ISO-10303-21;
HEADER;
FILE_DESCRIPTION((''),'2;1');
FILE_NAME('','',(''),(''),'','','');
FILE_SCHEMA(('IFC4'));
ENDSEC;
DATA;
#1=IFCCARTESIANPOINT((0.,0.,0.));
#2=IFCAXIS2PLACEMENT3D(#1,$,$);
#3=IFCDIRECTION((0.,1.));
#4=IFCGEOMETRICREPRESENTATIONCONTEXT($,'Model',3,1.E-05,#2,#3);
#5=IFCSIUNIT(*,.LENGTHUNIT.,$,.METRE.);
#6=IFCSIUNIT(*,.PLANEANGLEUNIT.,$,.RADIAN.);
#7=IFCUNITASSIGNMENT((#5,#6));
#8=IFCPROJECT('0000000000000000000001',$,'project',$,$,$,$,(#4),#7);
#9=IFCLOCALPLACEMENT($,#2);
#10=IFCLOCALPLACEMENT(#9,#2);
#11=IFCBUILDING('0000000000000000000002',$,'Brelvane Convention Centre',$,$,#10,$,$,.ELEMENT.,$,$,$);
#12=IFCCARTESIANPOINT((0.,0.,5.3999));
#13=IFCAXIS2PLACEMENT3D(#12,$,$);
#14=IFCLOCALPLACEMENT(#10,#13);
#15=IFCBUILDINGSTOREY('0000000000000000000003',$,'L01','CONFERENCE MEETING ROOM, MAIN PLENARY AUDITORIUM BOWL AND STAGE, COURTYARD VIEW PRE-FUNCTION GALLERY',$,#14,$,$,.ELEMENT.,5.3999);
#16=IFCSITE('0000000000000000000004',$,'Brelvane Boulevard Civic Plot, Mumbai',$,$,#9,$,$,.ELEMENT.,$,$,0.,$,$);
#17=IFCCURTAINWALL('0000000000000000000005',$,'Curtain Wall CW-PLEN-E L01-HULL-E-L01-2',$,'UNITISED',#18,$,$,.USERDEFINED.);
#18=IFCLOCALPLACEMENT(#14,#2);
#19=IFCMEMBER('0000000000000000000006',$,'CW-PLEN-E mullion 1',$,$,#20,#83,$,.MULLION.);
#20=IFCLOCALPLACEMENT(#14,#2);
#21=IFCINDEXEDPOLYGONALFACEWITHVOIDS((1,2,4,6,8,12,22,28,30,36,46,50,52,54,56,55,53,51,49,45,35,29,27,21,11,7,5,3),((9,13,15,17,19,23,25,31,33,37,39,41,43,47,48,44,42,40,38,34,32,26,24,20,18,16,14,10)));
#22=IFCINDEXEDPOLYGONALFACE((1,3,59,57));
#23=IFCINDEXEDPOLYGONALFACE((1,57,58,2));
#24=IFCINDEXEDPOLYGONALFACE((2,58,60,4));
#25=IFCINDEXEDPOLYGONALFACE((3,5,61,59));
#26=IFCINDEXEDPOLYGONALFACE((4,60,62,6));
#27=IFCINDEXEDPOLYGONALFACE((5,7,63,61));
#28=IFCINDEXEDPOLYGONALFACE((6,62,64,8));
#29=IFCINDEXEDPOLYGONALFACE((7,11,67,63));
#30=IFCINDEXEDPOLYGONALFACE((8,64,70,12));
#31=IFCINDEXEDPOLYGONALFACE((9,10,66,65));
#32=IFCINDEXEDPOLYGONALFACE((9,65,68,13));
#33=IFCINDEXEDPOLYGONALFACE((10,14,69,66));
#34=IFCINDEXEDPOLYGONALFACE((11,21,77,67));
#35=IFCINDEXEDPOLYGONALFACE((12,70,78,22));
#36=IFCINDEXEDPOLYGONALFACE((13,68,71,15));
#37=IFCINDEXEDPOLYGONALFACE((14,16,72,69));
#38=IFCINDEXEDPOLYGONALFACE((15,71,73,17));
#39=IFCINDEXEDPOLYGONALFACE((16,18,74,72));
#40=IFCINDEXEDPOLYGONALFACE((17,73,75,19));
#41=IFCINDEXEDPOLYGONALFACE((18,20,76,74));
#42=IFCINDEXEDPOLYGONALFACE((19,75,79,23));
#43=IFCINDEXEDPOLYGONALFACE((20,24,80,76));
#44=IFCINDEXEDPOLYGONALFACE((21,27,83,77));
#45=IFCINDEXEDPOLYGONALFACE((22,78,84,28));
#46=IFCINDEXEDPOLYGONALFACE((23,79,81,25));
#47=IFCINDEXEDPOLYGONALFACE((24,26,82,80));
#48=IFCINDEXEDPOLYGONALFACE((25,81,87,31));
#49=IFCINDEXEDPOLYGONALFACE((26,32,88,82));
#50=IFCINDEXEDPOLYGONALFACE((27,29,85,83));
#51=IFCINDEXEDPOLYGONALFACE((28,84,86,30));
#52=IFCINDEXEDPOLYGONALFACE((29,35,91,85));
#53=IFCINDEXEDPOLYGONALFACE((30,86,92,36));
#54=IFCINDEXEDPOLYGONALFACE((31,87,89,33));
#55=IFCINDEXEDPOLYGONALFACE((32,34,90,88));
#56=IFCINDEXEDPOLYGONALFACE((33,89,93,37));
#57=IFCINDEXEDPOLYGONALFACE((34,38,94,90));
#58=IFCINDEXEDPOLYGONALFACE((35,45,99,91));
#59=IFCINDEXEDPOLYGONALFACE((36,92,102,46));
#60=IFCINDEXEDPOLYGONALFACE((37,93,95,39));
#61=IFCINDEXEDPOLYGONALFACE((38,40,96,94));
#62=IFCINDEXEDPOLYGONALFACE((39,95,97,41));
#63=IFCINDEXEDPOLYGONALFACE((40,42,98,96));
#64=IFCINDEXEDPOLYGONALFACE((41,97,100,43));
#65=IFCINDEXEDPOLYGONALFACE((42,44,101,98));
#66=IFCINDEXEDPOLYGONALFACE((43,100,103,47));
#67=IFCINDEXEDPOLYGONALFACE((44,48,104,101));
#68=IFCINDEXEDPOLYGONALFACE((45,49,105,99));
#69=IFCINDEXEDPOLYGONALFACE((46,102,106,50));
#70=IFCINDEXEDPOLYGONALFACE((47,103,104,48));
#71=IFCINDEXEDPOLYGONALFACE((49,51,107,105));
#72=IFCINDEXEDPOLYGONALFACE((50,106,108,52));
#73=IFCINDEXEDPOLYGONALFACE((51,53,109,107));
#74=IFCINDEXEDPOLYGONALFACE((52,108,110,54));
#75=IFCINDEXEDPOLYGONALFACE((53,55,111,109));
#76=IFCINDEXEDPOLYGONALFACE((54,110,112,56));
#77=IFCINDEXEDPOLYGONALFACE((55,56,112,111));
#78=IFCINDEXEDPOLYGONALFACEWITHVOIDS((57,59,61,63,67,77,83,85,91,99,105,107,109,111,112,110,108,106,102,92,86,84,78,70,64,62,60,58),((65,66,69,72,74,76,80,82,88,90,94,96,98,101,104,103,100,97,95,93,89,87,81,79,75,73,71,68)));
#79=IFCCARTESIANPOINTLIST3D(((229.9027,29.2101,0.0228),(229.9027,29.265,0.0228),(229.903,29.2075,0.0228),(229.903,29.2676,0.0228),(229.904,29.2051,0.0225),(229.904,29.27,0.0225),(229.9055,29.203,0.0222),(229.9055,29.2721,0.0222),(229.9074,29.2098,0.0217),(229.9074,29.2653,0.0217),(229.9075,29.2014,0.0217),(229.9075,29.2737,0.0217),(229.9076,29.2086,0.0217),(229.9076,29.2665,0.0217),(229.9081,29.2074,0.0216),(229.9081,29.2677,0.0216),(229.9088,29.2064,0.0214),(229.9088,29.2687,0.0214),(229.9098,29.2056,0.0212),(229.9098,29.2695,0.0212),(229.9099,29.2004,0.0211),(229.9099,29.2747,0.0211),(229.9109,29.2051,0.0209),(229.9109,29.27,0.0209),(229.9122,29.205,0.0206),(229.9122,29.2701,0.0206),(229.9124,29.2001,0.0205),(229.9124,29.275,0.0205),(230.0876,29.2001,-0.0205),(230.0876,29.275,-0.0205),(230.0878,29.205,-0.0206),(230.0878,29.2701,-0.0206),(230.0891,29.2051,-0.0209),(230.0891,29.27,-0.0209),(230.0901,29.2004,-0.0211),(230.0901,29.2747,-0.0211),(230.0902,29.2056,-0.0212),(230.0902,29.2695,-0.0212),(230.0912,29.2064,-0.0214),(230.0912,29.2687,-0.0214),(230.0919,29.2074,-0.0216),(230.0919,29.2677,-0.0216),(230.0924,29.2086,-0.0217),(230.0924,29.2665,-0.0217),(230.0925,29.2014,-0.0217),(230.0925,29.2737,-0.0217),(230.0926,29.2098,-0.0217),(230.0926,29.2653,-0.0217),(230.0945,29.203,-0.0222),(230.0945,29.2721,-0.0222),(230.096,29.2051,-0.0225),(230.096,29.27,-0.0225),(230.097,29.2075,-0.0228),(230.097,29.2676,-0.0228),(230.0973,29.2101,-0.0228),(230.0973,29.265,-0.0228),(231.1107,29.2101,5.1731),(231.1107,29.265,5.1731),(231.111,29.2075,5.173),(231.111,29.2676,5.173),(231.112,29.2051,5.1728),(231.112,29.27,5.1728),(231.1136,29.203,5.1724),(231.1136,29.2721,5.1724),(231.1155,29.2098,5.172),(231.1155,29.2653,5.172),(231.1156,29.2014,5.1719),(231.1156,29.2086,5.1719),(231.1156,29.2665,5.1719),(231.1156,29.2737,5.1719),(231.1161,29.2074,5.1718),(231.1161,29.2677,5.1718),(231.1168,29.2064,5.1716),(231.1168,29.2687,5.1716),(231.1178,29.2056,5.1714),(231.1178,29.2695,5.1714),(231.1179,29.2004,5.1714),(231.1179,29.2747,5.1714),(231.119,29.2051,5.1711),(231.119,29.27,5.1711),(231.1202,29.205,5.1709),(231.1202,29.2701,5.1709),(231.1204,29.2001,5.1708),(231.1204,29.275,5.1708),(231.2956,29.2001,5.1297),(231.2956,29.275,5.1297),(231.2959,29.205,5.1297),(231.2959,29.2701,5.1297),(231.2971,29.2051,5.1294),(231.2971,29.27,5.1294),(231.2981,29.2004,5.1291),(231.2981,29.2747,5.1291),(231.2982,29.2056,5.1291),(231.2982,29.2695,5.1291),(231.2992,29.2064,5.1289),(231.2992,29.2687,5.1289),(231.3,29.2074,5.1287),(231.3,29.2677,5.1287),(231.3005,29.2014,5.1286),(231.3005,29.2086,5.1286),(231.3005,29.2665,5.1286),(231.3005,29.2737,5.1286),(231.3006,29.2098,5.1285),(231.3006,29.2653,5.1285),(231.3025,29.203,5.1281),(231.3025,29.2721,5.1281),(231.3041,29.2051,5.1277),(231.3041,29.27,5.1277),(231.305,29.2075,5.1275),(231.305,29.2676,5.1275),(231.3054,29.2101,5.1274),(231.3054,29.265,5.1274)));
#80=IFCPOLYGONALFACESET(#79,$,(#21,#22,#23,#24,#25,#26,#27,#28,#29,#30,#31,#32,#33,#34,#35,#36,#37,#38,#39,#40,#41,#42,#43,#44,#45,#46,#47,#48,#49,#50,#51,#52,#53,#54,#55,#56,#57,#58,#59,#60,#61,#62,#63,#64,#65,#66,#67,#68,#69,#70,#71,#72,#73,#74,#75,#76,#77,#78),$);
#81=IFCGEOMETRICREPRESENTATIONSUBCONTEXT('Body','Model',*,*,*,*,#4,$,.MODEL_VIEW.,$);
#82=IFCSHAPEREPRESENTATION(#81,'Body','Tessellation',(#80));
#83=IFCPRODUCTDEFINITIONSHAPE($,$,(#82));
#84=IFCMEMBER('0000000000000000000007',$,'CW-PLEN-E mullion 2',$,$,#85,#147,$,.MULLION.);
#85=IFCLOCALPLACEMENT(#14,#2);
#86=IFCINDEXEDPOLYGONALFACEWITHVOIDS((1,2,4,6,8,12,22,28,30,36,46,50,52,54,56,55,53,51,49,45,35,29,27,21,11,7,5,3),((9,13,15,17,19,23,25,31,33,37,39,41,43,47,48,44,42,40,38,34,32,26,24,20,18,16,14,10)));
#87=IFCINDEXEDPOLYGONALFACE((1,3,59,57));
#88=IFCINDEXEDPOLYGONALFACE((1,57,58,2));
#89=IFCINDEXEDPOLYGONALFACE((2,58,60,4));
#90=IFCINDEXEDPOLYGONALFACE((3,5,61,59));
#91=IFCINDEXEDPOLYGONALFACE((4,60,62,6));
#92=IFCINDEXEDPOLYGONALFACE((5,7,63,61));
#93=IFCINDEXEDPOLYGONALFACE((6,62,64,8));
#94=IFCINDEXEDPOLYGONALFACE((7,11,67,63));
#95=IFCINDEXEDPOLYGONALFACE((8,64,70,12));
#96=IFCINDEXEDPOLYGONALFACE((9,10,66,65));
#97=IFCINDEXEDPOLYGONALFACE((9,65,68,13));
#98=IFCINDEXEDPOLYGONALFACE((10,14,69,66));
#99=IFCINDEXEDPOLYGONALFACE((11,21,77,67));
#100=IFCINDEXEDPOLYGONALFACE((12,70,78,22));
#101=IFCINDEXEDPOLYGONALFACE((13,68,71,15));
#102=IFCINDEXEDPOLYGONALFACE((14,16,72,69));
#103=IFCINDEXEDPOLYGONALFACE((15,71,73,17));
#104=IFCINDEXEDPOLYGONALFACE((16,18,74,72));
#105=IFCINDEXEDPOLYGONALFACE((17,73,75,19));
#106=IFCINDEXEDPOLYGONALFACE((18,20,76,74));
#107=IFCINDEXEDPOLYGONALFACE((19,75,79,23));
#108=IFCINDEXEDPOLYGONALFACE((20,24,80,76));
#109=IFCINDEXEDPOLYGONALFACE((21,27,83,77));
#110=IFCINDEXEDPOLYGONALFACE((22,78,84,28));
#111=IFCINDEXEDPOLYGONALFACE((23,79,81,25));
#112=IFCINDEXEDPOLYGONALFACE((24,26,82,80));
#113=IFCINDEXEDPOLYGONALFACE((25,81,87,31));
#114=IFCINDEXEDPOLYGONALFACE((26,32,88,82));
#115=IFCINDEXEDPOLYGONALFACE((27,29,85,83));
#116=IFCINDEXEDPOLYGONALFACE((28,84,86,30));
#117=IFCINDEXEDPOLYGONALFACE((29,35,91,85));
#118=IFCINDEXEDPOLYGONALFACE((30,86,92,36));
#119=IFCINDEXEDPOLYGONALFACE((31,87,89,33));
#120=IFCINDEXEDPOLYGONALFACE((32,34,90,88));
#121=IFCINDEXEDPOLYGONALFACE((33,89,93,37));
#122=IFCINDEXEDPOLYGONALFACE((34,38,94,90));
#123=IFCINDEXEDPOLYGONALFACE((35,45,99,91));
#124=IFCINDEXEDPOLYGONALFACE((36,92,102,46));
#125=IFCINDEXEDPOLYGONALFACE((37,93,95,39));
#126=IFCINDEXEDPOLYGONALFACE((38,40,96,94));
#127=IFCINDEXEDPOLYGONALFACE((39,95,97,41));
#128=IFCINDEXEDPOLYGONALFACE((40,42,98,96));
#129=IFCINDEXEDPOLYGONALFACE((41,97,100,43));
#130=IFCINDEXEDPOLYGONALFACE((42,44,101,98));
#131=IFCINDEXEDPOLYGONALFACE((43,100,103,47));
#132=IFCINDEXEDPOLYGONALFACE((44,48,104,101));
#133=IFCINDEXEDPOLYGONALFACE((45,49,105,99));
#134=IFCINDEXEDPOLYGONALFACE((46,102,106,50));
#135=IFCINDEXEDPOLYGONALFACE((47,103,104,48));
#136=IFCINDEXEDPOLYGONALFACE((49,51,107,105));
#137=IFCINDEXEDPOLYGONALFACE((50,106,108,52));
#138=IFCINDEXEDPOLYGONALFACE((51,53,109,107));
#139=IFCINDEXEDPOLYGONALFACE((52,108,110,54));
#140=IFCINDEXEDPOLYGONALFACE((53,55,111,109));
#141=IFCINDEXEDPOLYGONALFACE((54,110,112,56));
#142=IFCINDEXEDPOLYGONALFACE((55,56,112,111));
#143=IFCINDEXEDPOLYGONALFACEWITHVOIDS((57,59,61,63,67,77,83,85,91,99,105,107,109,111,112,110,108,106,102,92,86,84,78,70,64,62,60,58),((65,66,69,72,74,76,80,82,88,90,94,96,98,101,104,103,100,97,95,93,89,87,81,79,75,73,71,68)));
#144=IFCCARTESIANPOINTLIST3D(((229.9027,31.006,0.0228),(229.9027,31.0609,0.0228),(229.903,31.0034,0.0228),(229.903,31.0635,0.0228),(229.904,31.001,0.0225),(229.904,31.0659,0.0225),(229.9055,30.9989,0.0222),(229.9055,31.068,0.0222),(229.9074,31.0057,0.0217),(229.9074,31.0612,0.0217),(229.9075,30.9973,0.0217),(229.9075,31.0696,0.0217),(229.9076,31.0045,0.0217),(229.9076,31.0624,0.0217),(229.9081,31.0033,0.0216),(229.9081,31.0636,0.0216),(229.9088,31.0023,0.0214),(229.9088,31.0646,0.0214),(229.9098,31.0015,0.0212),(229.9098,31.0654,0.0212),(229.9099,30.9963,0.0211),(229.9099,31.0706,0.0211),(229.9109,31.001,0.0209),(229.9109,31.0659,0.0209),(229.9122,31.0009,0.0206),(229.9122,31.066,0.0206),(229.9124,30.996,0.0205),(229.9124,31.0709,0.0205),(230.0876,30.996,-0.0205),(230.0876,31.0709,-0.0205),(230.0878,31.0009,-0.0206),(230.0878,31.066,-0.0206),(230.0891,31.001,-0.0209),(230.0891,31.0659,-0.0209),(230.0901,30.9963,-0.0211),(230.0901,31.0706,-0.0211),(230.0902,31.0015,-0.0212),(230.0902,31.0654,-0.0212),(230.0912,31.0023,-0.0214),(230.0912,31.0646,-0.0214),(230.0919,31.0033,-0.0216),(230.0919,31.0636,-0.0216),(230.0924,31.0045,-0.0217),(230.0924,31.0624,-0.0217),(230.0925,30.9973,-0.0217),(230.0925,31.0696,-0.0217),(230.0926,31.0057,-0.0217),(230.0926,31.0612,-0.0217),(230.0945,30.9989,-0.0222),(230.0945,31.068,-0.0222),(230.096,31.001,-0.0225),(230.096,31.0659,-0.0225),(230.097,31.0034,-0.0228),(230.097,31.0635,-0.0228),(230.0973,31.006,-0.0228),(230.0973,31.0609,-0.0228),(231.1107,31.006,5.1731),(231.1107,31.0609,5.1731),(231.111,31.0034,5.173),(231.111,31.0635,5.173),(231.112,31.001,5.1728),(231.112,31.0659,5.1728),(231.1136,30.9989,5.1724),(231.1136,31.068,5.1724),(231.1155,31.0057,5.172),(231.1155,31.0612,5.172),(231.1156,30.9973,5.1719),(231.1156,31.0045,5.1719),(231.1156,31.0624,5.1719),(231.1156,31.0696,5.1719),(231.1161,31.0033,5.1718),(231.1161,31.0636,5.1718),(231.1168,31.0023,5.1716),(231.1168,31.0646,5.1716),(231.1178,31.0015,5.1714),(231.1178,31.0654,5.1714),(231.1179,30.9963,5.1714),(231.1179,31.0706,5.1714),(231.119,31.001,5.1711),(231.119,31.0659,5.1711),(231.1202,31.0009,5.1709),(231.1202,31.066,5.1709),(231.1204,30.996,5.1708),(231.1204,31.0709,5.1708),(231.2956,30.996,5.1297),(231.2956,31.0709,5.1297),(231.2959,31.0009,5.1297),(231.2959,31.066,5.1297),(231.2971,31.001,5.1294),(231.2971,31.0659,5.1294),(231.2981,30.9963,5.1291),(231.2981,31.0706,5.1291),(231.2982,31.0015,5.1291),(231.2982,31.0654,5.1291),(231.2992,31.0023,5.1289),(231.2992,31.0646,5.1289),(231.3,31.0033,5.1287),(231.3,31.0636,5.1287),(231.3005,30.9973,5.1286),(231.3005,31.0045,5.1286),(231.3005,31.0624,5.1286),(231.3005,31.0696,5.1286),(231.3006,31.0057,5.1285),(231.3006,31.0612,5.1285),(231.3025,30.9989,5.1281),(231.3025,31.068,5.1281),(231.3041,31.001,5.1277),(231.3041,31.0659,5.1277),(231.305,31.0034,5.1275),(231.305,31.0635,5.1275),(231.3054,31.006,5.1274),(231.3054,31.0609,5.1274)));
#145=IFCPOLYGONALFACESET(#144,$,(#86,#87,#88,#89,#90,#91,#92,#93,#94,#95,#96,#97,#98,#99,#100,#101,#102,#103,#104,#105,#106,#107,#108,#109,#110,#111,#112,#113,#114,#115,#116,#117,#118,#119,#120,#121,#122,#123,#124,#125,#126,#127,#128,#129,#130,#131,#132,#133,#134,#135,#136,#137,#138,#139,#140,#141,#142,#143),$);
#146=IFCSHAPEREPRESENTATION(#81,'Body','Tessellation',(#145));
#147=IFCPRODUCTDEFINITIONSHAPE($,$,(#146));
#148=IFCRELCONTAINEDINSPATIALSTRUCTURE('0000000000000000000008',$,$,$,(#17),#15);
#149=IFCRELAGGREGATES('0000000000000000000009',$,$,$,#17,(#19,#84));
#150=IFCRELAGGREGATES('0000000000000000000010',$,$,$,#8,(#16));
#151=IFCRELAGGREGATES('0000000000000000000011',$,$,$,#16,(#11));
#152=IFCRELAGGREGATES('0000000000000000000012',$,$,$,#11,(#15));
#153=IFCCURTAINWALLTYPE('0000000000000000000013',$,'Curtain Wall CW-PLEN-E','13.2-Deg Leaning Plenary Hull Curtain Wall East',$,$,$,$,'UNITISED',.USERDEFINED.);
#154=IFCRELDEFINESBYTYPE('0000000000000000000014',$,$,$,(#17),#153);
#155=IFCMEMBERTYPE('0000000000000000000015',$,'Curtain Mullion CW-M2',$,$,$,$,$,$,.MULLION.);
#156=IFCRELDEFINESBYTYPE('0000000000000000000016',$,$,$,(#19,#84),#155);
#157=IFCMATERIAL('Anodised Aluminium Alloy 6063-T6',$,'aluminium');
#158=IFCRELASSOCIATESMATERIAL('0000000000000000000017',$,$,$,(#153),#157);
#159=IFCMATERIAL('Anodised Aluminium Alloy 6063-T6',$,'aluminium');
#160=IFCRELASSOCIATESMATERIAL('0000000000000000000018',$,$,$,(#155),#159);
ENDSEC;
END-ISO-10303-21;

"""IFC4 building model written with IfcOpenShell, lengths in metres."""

from ifc_helpers import new_model, si_unit, direction, frame, origin, origin_2d, place, context, subcontext, project, spatial, hollow_rectangle, extrude, material, material_profile, profile_set, type_object, element, aggregate, save


model = new_model("IFC4")

# Units and contexts
model_context = context("Model", 3, precision=1e-05, world=origin(), true_north=direction((0.0, 1.0)))
body_context = subcontext(model_context, "Body", "Model", "MODEL_VIEW")
ifc_project = project(units=[si_unit("LENGTHUNIT", "METRE"), si_unit("PLANEANGLEUNIT", "RADIAN")], contexts=[model_context])

# Site, building, storey
site_placement = place(None, origin())
site = spatial("IfcSite", under=ifc_project, at=site_placement, Name="Brelvane Boulevard Civic Plot, Mumbai", CompositionType="ELEMENT", RefElevation=0.0)
building_placement = place(site_placement, origin())
building = spatial("IfcBuilding", under=site, at=building_placement, Name="Brelvane Convention Centre", CompositionType="ELEMENT")
storey_placement = place(building_placement, frame((0.0, 0.0, 5.3999)))
storey = spatial("IfcBuildingStorey", under=building, at=storey_placement, Name="L01", Description="CONFERENCE MEETING ROOM, MAIN PLENARY AUDITORIUM BOWL AND STAGE, COURTYARD VIEW PRE-FUNCTION GALLERY", CompositionType="ELEMENT", Elevation=5.3999)

# Shared definitions
ifc_material_1 = material(Name="Anodised Aluminium Alloy 6063-T6", Category="aluminium")
curtain_wall_type = type_object("IfcCurtainWallType", Name="Curtain Wall CW-PLEN-E", Description="13.2-Deg Leaning Plenary Hull Curtain Wall East", ElementType="UNITISED", PredefinedType="USERDEFINED", material=ifc_material_1)
ifc_material_2 = material(Name="Anodised Aluminium Alloy 6063-T6", Category="aluminium")
ifc_material_profile_1 = material_profile(ifc_material_2, hollow_rectangle(XDim=0.075, YDim=0.2, WallThickness=0.0049, InnerFilletRadius=0.0049, OuterFilletRadius=0.01, at=origin_2d()), Name="ALU-M 200x75x5.0")
ifc_profile_set_1 = profile_set([ifc_material_profile_1], Name="Anodised Aluminium Alloy 6063-T6")
member_type_1 = type_object("IfcMemberType", Name="Curtain Mullion CW-M2", PredefinedType="MULLION", material=ifc_profile_set_1)

# Curtain wall, members
curtain_wall_1_placement = place(storey_placement, origin())
curtain_wall_1 = element("IfcCurtainWall", 1, at=curtain_wall_1_placement, inside=storey, type_object=curtain_wall_type, Name="Curtain Wall CW-PLEN-E L01-HULL-E-L01-2", ObjectType="UNITISED", PredefinedType="USERDEFINED")
member_1_placement = place(storey_placement, frame((230.0, 29.2375, 0.0), z_axis=(0.22836, 0.0, 0.973577), x_axis=(0.0, 1.0, 0.0)))
member_1 = element("IfcMember", 2, at=member_1_placement, type_object=member_type_1, Name="CW-PLEN-E mullion 1", PredefinedType="MULLION", context=body_context, shape_type="SweptSolid", body=[
    extrude(hollow_rectangle(XDim=0.075, YDim=0.2, WallThickness=0.0049, InnerFilletRadius=0.0049, OuterFilletRadius=0.01, at=origin_2d()), origin(), (0.0, 0.0, 1.0), 5.29),
])
member_2_placement = place(storey_placement, frame((230.0, 31.0334, 0.0), z_axis=(0.22836, 0.0, 0.973577), x_axis=(0.0, 1.0, 0.0)))
member_2 = element("IfcMember", 3, at=member_2_placement, type_object=member_type_1, Name="CW-PLEN-E mullion 2", PredefinedType="MULLION", context=body_context, shape_type="SweptSolid", body=[
    extrude(hollow_rectangle(XDim=0.075, YDim=0.2, WallThickness=0.0049, InnerFilletRadius=0.0049, OuterFilletRadius=0.01, at=origin_2d()), origin(), (0.0, 0.0, 1.0), 5.29),
])

aggregate(curtain_wall_1, [member_1, member_2])

save(model, "model.ifc")
